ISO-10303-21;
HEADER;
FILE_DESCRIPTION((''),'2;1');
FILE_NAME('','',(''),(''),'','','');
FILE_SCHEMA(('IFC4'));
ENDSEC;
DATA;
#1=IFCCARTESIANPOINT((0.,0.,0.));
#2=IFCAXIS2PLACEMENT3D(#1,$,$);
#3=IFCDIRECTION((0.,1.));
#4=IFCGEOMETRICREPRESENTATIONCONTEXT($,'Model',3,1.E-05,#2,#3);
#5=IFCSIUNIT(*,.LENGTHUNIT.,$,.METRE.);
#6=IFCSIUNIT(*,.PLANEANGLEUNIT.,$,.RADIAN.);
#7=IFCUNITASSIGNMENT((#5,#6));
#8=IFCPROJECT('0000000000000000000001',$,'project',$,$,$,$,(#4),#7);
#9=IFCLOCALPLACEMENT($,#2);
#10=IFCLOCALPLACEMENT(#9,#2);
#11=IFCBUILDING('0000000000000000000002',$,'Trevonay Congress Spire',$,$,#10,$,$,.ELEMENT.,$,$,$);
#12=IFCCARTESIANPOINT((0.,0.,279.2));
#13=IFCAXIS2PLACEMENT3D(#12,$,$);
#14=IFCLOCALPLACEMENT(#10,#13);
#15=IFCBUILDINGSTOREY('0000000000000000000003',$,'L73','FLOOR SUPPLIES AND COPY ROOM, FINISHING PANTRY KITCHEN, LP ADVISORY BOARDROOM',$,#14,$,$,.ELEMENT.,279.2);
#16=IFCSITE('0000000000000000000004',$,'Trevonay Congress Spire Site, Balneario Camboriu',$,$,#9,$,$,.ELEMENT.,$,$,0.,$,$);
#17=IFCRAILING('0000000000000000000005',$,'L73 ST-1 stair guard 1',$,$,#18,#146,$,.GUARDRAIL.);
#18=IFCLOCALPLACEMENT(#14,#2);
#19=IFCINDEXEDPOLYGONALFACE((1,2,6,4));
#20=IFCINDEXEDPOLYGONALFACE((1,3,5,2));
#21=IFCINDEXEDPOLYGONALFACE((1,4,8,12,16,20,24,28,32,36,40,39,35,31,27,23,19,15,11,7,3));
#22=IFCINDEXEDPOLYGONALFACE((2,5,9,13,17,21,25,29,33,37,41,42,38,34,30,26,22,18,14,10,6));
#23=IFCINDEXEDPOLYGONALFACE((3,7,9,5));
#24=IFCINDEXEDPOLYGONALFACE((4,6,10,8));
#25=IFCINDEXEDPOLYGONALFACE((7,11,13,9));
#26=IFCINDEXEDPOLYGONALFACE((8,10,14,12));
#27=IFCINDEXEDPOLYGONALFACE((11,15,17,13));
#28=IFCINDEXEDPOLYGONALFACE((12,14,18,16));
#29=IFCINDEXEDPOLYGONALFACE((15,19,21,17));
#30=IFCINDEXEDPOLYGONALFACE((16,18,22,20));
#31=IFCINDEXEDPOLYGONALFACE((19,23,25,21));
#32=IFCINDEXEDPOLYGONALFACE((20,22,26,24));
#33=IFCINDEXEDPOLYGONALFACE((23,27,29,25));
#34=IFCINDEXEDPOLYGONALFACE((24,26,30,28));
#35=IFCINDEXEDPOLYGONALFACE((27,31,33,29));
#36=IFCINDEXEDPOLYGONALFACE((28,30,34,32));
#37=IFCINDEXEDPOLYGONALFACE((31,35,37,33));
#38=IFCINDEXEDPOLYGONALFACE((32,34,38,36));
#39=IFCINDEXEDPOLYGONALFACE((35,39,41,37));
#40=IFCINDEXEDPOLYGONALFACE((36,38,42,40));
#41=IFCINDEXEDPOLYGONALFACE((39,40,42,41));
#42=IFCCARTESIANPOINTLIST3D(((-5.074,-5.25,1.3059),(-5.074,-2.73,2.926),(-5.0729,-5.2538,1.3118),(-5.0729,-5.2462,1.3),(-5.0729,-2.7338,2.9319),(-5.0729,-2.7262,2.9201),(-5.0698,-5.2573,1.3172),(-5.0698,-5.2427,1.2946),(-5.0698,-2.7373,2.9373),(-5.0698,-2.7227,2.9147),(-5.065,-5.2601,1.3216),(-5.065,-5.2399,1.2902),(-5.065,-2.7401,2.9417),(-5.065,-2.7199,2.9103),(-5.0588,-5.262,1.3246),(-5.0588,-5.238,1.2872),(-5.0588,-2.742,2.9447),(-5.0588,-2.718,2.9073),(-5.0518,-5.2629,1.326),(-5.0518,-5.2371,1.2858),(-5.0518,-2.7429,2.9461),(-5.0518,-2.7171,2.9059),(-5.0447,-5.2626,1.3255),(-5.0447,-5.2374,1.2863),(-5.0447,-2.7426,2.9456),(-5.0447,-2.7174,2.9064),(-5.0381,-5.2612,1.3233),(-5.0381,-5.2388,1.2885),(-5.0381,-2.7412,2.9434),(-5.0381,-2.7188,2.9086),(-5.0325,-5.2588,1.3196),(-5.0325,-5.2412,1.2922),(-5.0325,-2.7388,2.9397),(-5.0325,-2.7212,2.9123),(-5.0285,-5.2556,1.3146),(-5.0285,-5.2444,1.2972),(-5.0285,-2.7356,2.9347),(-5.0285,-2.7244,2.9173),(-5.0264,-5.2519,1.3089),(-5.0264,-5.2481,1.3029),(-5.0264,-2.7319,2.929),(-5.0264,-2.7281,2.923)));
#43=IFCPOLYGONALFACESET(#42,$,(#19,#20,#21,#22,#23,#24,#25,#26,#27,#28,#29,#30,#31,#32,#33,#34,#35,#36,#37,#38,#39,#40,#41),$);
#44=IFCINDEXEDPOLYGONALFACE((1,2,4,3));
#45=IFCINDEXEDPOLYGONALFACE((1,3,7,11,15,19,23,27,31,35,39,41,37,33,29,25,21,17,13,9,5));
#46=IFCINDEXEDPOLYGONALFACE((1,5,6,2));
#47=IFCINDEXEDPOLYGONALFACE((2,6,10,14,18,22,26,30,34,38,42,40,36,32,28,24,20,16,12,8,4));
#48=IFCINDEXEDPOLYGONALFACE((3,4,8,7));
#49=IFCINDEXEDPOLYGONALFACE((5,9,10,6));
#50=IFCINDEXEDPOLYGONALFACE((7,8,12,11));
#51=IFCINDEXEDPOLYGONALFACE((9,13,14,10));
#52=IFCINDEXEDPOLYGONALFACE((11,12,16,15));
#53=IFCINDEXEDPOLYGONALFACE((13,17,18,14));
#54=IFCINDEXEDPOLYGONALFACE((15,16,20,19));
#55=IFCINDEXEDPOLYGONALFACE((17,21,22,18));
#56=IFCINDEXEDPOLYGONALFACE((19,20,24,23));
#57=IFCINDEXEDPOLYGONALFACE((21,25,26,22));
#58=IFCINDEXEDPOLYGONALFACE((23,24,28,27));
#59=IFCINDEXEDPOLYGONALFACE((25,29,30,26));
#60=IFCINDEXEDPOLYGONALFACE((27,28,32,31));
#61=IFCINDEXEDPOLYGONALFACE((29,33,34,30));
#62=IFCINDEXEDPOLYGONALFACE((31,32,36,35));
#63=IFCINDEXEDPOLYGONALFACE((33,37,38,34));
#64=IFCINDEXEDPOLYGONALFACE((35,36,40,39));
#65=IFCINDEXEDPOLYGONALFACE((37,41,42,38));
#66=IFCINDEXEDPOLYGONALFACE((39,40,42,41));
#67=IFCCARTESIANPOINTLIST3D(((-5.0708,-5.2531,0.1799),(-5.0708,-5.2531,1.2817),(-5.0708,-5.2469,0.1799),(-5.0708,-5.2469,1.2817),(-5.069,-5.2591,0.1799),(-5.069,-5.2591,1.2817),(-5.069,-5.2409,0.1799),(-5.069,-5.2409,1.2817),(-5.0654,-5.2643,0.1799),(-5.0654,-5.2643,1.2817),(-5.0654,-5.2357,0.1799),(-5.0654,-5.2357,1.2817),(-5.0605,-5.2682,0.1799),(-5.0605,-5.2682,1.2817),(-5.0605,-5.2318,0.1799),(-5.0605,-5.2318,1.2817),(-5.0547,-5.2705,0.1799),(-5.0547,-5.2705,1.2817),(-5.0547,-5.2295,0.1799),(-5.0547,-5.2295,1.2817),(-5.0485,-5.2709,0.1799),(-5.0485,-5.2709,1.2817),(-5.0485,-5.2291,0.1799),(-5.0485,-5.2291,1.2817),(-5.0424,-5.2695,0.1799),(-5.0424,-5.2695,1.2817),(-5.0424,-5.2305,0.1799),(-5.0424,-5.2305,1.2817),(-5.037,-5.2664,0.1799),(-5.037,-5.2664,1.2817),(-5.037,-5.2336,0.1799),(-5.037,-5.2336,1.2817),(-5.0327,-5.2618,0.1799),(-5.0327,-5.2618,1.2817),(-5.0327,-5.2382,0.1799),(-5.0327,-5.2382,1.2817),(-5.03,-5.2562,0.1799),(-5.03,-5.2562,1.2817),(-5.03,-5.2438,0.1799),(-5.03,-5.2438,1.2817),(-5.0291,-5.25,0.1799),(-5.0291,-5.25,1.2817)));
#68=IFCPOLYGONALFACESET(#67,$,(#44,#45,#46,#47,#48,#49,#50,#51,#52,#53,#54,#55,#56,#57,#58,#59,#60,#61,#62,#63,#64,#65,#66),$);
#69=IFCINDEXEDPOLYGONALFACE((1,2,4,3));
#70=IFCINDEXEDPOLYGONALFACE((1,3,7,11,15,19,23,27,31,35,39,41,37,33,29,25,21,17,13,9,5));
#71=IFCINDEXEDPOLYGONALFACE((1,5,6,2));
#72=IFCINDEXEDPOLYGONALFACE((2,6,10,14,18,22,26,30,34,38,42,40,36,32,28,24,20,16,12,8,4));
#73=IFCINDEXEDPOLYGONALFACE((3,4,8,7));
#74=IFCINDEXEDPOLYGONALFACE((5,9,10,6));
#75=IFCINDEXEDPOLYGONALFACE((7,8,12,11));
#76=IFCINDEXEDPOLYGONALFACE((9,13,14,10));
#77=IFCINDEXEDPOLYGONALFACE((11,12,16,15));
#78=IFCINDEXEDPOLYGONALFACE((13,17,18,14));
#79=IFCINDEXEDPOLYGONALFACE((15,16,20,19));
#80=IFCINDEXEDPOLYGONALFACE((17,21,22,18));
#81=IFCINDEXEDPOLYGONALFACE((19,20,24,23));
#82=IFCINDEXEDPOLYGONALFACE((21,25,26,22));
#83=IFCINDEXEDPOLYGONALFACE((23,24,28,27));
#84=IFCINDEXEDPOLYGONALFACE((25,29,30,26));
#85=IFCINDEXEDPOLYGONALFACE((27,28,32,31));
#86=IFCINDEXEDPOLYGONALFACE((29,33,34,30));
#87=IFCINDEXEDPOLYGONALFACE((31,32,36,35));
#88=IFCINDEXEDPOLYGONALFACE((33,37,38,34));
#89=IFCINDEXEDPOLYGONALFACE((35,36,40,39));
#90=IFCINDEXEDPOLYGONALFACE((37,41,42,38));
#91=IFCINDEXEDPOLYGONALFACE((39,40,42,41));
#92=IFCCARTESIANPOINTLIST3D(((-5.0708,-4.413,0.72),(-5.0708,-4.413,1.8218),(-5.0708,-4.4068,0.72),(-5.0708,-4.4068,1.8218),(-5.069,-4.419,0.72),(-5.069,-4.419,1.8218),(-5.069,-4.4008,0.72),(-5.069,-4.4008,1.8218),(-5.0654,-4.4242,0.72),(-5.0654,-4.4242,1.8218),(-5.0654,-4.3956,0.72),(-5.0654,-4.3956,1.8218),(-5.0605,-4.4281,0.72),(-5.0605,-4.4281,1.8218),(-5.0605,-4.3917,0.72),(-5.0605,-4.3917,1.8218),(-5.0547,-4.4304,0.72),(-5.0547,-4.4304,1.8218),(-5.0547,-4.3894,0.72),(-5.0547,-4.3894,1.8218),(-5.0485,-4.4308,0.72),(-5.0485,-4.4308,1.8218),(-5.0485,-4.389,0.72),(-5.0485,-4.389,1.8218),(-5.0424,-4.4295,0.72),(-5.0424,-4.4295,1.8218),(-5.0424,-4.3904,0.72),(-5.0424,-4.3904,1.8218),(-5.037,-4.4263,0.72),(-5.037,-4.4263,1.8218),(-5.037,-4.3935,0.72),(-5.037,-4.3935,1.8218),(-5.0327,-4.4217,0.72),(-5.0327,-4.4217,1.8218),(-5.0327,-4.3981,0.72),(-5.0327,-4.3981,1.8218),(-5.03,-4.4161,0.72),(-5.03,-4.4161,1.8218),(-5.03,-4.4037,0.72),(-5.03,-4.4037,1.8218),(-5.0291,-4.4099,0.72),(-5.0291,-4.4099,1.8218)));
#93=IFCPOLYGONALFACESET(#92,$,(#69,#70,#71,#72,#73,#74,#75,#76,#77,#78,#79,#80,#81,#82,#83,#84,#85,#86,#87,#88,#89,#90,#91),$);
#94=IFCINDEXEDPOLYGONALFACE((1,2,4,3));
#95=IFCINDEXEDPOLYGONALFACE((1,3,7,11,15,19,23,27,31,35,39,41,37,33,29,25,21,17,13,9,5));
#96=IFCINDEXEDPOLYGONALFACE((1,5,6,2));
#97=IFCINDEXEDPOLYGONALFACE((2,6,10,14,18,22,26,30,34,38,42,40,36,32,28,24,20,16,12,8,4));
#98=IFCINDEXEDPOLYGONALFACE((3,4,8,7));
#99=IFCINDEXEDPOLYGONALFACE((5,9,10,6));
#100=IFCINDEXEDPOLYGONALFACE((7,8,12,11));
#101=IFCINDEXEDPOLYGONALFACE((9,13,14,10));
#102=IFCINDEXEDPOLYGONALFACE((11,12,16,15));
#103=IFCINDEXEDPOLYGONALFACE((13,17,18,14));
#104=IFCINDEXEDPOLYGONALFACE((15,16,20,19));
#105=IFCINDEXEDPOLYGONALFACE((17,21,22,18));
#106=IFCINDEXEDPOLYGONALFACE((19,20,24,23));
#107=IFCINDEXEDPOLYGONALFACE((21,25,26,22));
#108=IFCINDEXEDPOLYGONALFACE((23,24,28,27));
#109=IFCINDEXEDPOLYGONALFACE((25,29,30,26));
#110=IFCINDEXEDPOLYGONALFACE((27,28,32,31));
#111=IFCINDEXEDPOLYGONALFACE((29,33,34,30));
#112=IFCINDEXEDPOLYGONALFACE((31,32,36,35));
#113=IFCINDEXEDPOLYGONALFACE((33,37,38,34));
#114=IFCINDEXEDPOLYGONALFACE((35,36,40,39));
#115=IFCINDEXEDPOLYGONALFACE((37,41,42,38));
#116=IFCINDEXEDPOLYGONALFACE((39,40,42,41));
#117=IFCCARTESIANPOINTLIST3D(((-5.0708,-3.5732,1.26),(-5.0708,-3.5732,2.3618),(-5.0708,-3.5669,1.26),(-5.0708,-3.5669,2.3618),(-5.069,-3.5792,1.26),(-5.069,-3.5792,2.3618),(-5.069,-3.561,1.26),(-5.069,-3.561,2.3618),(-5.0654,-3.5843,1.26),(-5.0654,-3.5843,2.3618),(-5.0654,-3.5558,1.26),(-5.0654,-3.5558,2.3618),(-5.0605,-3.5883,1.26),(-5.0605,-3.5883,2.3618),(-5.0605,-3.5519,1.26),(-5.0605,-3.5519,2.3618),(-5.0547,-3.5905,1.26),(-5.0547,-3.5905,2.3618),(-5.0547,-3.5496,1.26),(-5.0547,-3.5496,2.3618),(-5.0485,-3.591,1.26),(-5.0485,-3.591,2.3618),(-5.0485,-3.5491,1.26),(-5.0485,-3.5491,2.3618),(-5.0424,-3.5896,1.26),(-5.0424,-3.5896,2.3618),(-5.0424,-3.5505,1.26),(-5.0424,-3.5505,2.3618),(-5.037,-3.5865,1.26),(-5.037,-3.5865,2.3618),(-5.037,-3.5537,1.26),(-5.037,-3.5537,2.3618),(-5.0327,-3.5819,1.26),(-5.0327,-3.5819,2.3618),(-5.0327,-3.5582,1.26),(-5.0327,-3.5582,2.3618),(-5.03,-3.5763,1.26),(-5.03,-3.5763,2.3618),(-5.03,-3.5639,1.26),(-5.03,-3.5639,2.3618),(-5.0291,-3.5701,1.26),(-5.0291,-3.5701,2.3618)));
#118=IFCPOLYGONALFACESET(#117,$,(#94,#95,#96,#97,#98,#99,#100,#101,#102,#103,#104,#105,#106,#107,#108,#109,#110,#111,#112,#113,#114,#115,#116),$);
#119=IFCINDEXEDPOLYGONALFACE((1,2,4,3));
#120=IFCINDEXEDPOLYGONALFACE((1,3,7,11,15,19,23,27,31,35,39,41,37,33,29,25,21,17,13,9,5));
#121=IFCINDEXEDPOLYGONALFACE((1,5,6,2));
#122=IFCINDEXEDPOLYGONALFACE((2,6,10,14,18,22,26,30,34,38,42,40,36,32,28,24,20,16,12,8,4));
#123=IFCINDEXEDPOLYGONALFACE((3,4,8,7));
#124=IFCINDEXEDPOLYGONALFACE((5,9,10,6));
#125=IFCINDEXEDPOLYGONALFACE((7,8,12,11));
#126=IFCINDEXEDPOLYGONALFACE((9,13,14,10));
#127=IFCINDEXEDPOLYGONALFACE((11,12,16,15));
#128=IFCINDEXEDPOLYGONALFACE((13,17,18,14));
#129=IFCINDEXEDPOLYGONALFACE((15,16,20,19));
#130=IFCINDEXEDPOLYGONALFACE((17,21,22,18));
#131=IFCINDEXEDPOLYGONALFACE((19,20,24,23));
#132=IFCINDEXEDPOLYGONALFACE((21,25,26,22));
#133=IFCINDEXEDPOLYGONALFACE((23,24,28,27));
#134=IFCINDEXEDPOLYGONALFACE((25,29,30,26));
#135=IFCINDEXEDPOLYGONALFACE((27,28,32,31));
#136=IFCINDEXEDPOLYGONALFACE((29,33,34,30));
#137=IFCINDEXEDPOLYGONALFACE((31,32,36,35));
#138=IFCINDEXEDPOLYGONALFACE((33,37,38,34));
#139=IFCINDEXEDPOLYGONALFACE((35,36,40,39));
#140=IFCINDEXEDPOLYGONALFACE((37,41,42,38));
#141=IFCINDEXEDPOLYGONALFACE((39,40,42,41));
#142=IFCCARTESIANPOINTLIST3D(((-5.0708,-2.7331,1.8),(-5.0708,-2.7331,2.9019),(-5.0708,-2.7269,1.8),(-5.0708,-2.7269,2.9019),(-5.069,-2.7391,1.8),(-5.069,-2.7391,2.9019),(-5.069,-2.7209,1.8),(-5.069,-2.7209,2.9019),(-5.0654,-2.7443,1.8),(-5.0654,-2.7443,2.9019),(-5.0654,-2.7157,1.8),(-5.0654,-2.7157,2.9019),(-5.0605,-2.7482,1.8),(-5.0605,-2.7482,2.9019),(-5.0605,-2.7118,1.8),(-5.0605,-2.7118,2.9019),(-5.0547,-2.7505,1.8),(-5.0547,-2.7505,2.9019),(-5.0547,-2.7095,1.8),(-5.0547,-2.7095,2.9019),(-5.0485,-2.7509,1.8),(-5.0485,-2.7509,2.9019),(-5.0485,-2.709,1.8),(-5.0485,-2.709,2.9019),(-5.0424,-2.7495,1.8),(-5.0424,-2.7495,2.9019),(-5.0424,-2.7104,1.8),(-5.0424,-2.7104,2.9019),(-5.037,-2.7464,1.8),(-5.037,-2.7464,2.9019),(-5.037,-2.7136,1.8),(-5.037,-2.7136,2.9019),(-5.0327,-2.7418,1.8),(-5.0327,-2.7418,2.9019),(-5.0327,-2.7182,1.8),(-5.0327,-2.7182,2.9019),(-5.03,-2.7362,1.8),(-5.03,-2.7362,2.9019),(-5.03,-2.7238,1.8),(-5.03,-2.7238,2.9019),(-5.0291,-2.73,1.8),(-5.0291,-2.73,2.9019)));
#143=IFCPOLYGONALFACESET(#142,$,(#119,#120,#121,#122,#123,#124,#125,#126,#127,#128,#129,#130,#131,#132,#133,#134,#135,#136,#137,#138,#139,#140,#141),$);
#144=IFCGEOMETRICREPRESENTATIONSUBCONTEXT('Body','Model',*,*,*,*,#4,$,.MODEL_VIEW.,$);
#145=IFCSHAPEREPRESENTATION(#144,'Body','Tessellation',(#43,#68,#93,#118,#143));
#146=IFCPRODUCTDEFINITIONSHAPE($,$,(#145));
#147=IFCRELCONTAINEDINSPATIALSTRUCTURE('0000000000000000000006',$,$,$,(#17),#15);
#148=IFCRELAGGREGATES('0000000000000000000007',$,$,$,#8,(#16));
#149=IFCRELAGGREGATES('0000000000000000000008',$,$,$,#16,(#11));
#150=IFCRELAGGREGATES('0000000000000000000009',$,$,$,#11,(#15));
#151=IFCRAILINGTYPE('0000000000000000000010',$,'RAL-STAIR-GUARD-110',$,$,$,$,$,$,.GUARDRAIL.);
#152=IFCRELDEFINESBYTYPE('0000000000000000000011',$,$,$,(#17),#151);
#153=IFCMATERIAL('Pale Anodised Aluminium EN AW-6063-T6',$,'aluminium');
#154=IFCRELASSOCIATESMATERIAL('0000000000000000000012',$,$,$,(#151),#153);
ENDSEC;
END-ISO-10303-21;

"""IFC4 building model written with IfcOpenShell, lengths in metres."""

from ifc_helpers import new_model, si_unit, direction, frame, origin, origin_2d, place, context, subcontext, project, spatial, circle, extrude, material, type_object, element, save


model = new_model("IFC4")

# Units and contexts
model_context = context("Model", 3, precision=1e-05, world=origin(), true_north=direction((0.0, 1.0)))
body_context = subcontext(model_context, "Body", "Model", "MODEL_VIEW")
ifc_project = project(units=[si_unit("LENGTHUNIT", "METRE"), si_unit("PLANEANGLEUNIT", "RADIAN")], contexts=[model_context])

# Site, building, storey
site_placement = place(None, origin())
site = spatial("IfcSite", under=ifc_project, at=site_placement, Name="Trevonay Congress Spire Site, Balneario Camboriu", CompositionType="ELEMENT", RefElevation=0.0)
building_placement = place(site_placement, origin())
building = spatial("IfcBuilding", under=site, at=building_placement, Name="Trevonay Congress Spire", CompositionType="ELEMENT")
storey_placement = place(building_placement, frame((0.0, 0.0, 279.2)))
storey = spatial("IfcBuildingStorey", under=building, at=storey_placement, Name="L73", Description="FLOOR SUPPLIES AND COPY ROOM, FINISHING PANTRY KITCHEN, LP ADVISORY BOARDROOM", CompositionType="ELEMENT", Elevation=279.2)

# Railing
ifc_material_1 = material(Name="Pale Anodised Aluminium EN AW-6063-T6", Category="aluminium")
railing_type_1 = type_object("IfcRailingType", Name="RAL-STAIR-GUARD-110", PredefinedType="GUARDRAIL", material=ifc_material_1)
railing_1_placement = place(storey_placement, frame((-5.05, -5.25, 0.1799)))
element("IfcRailing", 1, at=railing_1_placement, inside=storey, type_object=railing_type_1, Name="L73 ST-1 stair guard 1", PredefinedType="GUARDRAIL", context=body_context, shape_type="SweptSolid", body=[
    extrude(circle(Radius=0.0239, at=origin_2d()), frame((0.0, 0.0, 1.126), z_axis=(0.0, 0.841163, 0.540782), x_axis=(-1.0, 0.0, 0.0)), (0.0, 0.0, 1.0), 2.9958),
    extrude(circle(Radius=0.021, at=origin_2d()), origin(), (0.0, 0.0, 1.0), 1.1018),
    extrude(circle(Radius=0.021, at=origin_2d()), frame((0.0, 0.8401, 0.54)), (0.0, 0.0, 1.0), 1.1018),
    extrude(circle(Radius=0.021, at=origin_2d()), frame((0.0, 1.6799, 1.0801)), (0.0, 0.0, 1.0), 1.1018),
    extrude(circle(Radius=0.021, at=origin_2d()), frame((0.0, 2.52, 1.6201)), (0.0, 0.0, 1.0), 1.1018),
])

save(model, "model.ifc")
